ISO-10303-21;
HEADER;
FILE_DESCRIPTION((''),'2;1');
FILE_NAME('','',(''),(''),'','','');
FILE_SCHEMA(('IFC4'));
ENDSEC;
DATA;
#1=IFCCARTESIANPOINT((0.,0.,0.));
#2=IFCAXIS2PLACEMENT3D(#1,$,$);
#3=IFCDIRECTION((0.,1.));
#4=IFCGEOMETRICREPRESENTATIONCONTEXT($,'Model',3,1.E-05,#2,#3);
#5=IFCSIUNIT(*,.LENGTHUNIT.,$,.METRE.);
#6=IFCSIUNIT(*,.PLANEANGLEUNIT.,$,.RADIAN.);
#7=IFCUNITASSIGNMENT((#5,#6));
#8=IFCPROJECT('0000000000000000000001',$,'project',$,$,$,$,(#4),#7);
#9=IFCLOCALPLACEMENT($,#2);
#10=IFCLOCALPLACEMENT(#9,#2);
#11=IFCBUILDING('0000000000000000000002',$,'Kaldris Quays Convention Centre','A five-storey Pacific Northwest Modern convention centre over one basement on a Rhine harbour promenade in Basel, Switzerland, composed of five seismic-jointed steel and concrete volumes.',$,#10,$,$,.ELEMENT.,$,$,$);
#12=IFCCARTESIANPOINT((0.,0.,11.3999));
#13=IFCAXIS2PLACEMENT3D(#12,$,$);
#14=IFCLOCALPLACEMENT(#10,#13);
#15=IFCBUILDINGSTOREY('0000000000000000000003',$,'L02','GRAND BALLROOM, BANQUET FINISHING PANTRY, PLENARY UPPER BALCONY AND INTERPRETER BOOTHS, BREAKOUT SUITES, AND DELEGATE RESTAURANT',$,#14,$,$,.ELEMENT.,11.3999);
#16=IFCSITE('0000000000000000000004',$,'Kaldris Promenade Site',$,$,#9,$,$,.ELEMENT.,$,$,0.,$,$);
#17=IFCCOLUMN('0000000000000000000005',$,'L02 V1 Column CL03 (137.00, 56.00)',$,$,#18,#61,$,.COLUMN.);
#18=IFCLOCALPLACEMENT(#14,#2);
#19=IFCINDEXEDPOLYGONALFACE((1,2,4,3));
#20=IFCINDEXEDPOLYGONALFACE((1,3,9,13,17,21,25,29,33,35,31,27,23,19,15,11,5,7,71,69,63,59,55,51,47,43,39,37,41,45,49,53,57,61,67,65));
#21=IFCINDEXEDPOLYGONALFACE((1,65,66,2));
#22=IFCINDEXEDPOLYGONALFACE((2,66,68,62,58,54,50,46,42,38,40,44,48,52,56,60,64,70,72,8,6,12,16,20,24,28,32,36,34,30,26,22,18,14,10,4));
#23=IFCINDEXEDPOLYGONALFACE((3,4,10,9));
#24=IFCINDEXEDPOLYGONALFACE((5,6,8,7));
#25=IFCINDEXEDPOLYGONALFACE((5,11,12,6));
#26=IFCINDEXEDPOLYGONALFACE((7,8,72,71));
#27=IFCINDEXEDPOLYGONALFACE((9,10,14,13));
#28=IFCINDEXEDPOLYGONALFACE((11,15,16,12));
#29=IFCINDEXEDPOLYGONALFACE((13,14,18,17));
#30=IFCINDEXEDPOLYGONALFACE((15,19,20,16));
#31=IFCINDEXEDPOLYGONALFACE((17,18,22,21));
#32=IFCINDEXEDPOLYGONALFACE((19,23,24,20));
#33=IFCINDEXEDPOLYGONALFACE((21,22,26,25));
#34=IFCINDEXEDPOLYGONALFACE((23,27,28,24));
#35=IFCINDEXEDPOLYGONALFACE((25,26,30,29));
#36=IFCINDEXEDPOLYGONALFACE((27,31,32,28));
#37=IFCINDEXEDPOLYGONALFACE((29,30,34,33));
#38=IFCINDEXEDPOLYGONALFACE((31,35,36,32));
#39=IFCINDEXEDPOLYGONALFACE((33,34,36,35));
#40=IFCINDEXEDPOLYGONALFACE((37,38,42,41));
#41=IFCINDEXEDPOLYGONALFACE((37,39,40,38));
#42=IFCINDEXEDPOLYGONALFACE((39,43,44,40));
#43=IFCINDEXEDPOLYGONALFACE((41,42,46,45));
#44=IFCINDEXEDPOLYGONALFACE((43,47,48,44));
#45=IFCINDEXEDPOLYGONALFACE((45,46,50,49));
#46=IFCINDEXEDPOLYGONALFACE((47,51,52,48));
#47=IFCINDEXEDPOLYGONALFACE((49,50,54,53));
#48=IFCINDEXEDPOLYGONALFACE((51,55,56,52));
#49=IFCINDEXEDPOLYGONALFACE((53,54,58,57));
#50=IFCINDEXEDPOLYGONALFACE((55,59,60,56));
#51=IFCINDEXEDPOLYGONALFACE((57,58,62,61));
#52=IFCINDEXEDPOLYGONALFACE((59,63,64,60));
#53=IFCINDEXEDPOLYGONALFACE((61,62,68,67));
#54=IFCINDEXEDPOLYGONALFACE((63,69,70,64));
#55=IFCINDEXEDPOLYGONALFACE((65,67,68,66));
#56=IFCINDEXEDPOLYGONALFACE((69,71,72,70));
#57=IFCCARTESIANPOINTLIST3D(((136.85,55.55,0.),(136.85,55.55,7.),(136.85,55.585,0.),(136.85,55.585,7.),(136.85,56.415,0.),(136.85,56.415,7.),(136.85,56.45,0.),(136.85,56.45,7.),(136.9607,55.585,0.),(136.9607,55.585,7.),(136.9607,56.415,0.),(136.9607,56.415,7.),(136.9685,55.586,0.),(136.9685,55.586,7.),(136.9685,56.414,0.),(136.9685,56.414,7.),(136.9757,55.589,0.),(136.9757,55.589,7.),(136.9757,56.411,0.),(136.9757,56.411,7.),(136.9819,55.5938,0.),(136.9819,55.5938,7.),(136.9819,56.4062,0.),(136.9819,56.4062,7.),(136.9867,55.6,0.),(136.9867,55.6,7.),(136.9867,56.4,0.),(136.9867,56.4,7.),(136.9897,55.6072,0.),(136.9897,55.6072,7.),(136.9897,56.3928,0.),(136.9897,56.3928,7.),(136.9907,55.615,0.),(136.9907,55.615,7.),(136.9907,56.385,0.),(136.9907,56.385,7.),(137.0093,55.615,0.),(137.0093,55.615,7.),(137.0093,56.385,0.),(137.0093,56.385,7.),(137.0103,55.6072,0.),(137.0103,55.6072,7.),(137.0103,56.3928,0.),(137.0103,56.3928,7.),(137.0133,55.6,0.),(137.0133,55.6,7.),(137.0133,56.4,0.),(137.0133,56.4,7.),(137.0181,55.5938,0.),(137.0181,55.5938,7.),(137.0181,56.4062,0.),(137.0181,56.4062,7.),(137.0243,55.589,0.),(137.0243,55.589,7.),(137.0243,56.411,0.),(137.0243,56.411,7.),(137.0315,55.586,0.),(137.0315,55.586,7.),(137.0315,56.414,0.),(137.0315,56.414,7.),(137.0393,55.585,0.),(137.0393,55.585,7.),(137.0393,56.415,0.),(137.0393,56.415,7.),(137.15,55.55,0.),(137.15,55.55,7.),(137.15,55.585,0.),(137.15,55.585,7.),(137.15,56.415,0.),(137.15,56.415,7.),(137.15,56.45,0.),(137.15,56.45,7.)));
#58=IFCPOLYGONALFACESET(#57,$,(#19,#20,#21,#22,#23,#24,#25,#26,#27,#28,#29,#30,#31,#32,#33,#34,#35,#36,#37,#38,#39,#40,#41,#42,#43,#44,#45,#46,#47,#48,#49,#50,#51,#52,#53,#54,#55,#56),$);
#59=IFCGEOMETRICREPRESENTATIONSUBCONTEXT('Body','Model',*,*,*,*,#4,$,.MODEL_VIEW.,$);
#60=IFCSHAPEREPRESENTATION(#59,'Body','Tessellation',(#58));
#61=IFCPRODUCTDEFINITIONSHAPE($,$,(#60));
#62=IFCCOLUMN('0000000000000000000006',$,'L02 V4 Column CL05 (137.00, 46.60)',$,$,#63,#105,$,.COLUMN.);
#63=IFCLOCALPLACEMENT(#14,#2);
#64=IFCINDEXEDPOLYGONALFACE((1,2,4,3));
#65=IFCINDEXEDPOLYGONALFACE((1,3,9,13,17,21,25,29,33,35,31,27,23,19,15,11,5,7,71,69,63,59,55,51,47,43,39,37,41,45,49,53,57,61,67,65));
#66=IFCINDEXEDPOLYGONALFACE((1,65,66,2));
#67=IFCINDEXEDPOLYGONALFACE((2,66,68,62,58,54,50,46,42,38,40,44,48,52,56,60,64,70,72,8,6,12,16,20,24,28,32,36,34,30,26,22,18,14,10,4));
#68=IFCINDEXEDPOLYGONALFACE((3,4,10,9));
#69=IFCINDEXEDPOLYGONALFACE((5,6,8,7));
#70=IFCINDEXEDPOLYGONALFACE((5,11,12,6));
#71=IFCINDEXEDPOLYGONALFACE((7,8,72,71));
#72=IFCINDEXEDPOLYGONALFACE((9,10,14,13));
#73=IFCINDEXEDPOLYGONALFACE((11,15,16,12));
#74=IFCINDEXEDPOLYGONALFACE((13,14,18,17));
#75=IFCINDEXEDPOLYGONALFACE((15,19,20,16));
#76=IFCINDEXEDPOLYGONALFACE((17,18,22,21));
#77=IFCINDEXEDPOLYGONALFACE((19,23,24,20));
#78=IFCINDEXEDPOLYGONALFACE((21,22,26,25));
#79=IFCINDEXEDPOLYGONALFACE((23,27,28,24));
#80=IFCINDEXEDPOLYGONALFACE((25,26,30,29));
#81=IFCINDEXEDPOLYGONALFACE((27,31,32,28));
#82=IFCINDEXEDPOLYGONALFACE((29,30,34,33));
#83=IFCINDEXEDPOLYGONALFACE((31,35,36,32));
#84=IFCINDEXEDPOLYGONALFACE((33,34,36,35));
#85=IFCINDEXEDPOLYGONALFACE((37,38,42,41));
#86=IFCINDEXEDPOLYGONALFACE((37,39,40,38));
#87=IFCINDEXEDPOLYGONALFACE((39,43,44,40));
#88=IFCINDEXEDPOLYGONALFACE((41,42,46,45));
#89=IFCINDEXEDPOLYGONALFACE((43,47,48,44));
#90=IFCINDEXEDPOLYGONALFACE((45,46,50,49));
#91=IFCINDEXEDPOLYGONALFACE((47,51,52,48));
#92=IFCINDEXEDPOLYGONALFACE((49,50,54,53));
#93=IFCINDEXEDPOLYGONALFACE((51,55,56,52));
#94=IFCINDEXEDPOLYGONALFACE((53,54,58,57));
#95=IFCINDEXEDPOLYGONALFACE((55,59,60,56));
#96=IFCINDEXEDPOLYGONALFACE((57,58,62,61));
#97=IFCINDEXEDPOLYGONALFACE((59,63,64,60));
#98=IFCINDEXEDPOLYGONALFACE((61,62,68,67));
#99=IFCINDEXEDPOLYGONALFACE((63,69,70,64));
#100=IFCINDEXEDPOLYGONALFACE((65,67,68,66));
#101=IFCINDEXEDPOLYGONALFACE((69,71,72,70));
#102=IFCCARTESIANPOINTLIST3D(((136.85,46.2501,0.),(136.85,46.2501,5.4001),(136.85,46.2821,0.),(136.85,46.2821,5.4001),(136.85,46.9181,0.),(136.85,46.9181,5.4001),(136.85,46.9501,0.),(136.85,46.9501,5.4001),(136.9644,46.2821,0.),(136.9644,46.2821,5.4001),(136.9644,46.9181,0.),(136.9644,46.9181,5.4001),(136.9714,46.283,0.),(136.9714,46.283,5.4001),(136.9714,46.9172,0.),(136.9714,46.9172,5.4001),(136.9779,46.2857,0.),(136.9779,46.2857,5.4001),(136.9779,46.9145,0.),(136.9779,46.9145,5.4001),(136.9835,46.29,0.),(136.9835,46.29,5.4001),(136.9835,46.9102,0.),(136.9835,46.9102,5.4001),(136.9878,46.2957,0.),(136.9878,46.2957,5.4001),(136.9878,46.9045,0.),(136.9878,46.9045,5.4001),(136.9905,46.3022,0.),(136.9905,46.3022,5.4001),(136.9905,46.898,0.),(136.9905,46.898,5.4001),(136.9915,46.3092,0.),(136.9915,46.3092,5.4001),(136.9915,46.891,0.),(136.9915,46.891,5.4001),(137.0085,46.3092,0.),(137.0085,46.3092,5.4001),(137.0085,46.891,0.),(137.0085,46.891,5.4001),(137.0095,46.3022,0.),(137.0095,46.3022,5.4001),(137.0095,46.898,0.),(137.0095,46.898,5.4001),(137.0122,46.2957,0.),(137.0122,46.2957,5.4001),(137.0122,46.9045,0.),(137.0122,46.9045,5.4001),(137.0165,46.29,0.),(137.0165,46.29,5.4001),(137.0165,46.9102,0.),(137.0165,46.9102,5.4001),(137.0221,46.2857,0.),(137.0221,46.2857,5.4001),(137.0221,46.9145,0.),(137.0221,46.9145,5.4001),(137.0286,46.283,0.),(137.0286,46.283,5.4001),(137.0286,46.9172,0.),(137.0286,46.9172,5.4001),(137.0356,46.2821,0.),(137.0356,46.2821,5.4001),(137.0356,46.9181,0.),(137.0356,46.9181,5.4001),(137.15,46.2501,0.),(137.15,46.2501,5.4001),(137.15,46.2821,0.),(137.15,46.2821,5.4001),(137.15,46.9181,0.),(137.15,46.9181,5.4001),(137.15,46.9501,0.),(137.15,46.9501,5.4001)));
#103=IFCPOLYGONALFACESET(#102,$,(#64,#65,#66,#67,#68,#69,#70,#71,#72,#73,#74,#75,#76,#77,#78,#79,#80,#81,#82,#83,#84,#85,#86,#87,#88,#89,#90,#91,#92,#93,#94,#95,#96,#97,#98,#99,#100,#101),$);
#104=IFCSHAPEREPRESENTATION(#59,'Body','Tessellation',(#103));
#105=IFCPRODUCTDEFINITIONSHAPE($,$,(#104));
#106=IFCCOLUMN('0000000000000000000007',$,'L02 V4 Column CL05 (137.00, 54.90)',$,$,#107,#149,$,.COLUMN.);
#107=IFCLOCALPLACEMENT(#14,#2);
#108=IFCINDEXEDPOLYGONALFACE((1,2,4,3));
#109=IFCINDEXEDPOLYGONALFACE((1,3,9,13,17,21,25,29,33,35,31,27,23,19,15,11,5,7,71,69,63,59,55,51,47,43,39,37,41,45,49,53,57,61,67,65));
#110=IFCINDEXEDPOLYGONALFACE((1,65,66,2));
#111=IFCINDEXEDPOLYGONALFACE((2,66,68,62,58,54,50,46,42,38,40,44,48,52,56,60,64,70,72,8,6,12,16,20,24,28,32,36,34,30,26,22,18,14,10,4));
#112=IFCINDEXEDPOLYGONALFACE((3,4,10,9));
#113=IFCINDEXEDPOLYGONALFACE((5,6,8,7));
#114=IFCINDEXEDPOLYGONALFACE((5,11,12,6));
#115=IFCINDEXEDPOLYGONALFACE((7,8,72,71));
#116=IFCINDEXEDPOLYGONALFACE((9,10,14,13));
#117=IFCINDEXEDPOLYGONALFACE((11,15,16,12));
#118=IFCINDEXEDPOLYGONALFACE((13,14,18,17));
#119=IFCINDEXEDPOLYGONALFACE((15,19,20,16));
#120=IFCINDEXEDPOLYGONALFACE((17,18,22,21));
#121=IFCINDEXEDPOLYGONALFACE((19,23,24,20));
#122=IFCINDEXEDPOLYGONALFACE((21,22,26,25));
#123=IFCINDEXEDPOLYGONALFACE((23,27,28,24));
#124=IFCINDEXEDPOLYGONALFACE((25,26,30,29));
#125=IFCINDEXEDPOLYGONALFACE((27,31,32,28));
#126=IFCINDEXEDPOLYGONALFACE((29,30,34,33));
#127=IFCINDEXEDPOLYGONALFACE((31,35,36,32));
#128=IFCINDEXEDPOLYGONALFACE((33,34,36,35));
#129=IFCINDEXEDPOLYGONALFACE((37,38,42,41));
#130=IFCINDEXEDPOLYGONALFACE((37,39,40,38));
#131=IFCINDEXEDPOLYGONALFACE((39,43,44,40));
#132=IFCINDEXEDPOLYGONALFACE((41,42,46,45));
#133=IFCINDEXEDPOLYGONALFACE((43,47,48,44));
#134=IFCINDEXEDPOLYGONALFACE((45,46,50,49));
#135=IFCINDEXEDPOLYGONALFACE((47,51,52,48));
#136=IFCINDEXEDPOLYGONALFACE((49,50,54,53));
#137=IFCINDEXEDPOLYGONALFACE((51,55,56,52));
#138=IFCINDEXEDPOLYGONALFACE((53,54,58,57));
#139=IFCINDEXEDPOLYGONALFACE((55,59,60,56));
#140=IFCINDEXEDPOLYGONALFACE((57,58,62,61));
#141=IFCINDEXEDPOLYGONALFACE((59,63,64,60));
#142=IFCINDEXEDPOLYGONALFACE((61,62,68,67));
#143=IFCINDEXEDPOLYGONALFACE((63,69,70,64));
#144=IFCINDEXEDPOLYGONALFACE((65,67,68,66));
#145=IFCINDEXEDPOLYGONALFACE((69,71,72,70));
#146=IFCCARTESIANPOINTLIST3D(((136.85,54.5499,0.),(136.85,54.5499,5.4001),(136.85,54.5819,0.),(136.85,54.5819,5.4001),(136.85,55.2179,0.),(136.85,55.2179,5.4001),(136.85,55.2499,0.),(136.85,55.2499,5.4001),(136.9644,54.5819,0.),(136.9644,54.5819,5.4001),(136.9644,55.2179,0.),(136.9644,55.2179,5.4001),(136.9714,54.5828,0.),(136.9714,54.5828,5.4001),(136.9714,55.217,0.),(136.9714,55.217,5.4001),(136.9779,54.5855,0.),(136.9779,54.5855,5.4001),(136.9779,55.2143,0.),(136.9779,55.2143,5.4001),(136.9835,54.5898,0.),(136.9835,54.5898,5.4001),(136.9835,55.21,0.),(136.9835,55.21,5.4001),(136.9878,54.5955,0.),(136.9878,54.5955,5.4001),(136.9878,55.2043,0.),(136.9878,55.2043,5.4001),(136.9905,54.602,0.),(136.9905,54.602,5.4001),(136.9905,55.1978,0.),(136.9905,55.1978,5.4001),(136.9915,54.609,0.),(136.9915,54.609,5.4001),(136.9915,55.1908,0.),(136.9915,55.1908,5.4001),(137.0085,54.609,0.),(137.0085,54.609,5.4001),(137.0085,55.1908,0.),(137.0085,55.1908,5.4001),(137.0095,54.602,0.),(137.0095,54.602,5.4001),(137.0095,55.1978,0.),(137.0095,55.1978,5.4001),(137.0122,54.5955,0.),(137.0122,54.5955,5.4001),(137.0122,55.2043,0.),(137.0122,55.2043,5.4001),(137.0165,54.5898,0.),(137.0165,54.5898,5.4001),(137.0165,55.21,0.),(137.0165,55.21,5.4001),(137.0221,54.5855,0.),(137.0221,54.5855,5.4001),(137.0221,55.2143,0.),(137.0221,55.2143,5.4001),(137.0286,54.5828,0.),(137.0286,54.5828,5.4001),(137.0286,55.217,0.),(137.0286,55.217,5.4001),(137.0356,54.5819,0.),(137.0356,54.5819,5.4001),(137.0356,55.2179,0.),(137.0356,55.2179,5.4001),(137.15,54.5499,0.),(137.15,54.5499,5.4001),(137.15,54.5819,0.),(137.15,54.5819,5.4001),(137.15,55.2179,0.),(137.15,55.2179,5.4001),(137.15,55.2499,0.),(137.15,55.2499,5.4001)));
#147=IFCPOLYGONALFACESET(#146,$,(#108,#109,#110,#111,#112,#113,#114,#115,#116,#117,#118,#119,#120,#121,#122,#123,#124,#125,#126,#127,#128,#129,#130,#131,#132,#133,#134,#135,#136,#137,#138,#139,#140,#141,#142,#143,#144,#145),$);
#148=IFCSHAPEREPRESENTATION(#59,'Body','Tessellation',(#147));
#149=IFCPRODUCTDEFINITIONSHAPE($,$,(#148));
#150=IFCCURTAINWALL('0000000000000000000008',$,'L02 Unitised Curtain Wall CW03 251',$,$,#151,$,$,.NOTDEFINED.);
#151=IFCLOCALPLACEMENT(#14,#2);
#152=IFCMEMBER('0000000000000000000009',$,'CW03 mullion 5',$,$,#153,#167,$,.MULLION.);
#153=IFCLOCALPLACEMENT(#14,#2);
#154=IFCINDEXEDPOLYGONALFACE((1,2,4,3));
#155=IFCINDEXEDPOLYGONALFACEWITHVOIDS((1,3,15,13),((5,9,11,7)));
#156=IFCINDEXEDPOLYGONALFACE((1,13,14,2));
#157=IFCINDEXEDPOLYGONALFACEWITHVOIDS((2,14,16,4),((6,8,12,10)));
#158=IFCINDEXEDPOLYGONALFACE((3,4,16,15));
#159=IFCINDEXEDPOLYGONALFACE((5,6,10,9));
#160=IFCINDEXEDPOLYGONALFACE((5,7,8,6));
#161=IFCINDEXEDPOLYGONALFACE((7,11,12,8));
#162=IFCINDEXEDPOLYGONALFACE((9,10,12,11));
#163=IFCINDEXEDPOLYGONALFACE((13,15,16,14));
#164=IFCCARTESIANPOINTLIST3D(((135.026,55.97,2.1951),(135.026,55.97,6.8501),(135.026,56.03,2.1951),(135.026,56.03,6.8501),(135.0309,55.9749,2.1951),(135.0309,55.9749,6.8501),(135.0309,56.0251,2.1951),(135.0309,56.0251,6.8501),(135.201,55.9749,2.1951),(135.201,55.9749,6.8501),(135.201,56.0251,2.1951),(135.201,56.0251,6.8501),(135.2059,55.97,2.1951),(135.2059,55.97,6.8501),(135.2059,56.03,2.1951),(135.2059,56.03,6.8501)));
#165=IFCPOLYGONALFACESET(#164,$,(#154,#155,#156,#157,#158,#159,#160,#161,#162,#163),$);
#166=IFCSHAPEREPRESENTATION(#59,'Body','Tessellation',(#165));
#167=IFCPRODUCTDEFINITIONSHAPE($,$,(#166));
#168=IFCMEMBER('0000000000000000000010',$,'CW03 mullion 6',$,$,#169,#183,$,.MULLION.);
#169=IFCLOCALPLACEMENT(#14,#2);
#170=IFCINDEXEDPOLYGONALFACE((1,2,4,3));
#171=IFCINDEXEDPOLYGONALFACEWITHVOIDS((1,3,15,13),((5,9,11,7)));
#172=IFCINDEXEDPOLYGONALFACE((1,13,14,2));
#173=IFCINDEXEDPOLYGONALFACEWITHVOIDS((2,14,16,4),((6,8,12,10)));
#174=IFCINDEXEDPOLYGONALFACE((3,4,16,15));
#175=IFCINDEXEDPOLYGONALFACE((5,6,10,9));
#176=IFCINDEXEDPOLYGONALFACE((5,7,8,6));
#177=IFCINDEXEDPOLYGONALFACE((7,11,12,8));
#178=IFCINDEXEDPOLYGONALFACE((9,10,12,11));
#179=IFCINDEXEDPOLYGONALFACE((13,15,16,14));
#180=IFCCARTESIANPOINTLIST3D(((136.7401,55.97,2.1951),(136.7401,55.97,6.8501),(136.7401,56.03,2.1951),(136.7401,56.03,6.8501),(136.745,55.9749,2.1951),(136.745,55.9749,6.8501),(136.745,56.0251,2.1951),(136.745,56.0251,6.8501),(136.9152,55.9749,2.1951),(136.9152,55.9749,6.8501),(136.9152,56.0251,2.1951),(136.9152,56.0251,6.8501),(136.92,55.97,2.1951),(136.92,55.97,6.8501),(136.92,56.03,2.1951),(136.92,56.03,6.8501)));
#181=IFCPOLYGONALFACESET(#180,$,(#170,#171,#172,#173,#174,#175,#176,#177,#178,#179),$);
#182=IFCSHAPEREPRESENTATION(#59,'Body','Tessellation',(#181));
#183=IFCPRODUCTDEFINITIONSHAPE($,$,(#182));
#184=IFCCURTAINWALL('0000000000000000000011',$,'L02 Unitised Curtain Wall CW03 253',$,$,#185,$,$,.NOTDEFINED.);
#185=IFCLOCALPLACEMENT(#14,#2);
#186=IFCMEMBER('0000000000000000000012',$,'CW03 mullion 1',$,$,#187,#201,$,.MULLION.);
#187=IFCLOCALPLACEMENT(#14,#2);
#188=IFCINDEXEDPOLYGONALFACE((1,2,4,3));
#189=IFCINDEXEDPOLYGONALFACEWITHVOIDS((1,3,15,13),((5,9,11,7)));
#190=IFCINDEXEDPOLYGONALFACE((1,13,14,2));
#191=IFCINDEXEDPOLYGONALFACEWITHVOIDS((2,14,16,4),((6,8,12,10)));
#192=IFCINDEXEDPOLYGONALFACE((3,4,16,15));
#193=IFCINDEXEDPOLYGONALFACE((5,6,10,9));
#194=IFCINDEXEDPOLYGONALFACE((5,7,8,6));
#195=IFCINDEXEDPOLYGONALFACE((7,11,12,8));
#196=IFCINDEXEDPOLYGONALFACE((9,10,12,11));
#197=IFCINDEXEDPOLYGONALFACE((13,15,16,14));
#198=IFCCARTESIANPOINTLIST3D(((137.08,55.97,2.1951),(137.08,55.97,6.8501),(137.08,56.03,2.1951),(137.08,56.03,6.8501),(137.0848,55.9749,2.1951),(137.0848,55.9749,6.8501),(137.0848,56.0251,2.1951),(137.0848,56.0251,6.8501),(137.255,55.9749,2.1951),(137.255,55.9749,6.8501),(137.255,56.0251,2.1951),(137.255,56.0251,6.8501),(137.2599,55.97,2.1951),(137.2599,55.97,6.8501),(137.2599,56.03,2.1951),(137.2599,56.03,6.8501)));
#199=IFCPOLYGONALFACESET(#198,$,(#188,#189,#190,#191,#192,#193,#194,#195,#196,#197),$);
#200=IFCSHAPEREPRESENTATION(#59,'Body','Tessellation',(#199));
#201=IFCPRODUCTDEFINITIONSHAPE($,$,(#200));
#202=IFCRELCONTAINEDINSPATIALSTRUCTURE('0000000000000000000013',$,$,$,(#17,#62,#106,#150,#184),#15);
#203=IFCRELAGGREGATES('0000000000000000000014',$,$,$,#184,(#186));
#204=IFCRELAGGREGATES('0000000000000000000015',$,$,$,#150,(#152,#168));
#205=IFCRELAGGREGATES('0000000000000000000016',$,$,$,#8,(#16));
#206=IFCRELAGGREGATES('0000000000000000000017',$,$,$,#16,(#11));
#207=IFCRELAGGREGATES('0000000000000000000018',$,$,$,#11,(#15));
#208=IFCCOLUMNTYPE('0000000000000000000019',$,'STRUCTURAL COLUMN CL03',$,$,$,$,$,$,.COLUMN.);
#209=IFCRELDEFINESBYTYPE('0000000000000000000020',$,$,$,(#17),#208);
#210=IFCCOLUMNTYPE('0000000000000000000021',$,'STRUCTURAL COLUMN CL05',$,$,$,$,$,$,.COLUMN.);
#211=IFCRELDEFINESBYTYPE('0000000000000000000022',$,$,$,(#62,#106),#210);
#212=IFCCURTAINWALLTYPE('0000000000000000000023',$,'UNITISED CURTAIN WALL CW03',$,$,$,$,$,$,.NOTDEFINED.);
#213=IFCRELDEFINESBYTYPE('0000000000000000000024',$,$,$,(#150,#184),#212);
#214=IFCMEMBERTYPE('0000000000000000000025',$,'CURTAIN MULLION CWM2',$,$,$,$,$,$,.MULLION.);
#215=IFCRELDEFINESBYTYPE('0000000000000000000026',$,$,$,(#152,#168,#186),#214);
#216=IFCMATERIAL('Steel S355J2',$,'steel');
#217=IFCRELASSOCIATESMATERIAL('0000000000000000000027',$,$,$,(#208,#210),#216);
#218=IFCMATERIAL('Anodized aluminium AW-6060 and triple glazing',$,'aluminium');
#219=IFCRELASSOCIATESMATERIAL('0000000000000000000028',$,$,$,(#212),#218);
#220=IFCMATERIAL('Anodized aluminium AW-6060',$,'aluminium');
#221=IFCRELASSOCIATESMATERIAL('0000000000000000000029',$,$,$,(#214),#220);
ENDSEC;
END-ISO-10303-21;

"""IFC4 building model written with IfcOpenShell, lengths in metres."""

from ifc_helpers import new_model, si_unit, direction, frame, origin, origin_2d, place, context, subcontext, project, spatial, hollow_rectangle, i_section, extrude, material, material_profile, profile_set, type_object, element, aggregate, save


model = new_model("IFC4")

# Units and contexts
model_context = context("Model", 3, precision=1e-05, world=origin(), true_north=direction((0.0, 1.0)))
body_context = subcontext(model_context, "Body", "Model", "MODEL_VIEW")
ifc_project = project(units=[si_unit("LENGTHUNIT", "METRE"), si_unit("PLANEANGLEUNIT", "RADIAN")], contexts=[model_context])

# Site, building, storey
site_placement = place(None, origin())
site = spatial("IfcSite", under=ifc_project, at=site_placement, Name="Kaldris Promenade Site", CompositionType="ELEMENT", RefElevation=0.0)
building_placement = place(site_placement, origin())
building = spatial("IfcBuilding", under=site, at=building_placement, Name="Kaldris Quays Convention Centre", Description="A five-storey Pacific Northwest Modern convention centre over one basement on a Rhine harbour promenade in Basel, Switzerland, composed of five seismic-jointed steel and concrete volumes.", CompositionType="ELEMENT")
storey_placement = place(building_placement, frame((0.0, 0.0, 11.3999)))
storey = spatial("IfcBuildingStorey", under=building, at=storey_placement, Name="L02", Description="GRAND BALLROOM, BANQUET FINISHING PANTRY, PLENARY UPPER BALCONY AND INTERPRETER BOOTHS, BREAKOUT SUITES, AND DELEGATE RESTAURANT", CompositionType="ELEMENT", Elevation=11.3999)

# Columns
ifc_material_1 = material(Name="Steel S355J2", Category="steel")
ifc_material_profile_1 = material_profile(ifc_material_1, i_section(OverallWidth=0.3, OverallDepth=0.8999, WebThickness=0.0186, FlangeThickness=0.0349, FilletRadius=0.03, at=origin_2d()), Name="HEB 900")
ifc_profile_set_1 = profile_set([ifc_material_profile_1], Name="Steel S355J2")
column_type_1 = type_object("IfcColumnType", Name="STRUCTURAL COLUMN CL03", PredefinedType="COLUMN", material=ifc_profile_set_1)
column_placement = place(storey_placement, frame((137.0, 56.0, 0.0), z_axis=(0.0, 0.0, 1.0), x_axis=(1.0, 0.0, 0.0)))
element("IfcColumn", 1, at=column_placement, inside=storey, type_object=column_type_1, Name="L02 V1 Column CL03 (137.00, 56.00)", PredefinedType="COLUMN", context=body_context, shape_type="SweptSolid", body=[
    extrude(i_section(OverallWidth=0.3, OverallDepth=0.8999, WebThickness=0.0186, FlangeThickness=0.0349, FilletRadius=0.03, at=origin_2d()), origin(), (0.0, 0.0, 1.0), 7.0),
])
ifc_material_profile_2 = material_profile(ifc_material_1, i_section(OverallWidth=0.3, OverallDepth=0.7, WebThickness=0.0171, FlangeThickness=0.032, FilletRadius=0.0271, at=origin_2d()), Name="HEB 700")
ifc_profile_set_2 = profile_set([ifc_material_profile_2], Name="Steel S355J2")
column_type_2 = type_object("IfcColumnType", Name="STRUCTURAL COLUMN CL05", PredefinedType="COLUMN", material=ifc_profile_set_2)
for number, where, z_axis, x_axis, name in (
    (2, (137.0, 46.6001, 0.0), (0.0, 0.0, 1.0), (1.0, 0.0, 0.0), "L02 V4 Column CL05 (137.00, 46.60)"),
    (3, (137.0, 54.8999, 0.0), (0.0, 0.0, 1.0), (1.0, 0.0, 0.0), "L02 V4 Column CL05 (137.00, 54.90)"),
):
    element("IfcColumn", number, at=place(storey_placement, frame(where, z_axis=z_axis, x_axis=x_axis)), inside=storey, type_object=column_type_2, Name=name, PredefinedType="COLUMN", context=body_context, shape_type="SweptSolid", body=[
        extrude(i_section(OverallWidth=0.3, OverallDepth=0.7, WebThickness=0.0171, FlangeThickness=0.032, FilletRadius=0.0271, at=origin_2d()), origin(), (0.0, 0.0, 1.0), 5.4001),
    ])

# Curtain wall, members
ifc_material_2 = material(Name="Anodized aluminium AW-6060 and triple glazing", Category="aluminium")
curtain_wall_type = type_object("IfcCurtainWallType", Name="UNITISED CURTAIN WALL CW03", PredefinedType="NOTDEFINED", material=ifc_material_2)
curtain_wall_1_placement = place(storey_placement, origin())
curtain_wall_1 = element("IfcCurtainWall", 4, at=curtain_wall_1_placement, inside=storey, type_object=curtain_wall_type, Name="L02 Unitised Curtain Wall CW03 251", PredefinedType="NOTDEFINED")
ifc_material_3 = material(Name="Anodized aluminium AW-6060", Category="aluminium")
ifc_material_profile_3 = material_profile(ifc_material_3, hollow_rectangle(XDim=0.0601, YDim=0.1799, WallThickness=0.0049, at=origin_2d()), Name="RHS 180x60x5")
ifc_profile_set_3 = profile_set([ifc_material_profile_3], Name="Anodized aluminium AW-6060")
member_type_1 = type_object("IfcMemberType", Name="CURTAIN MULLION CWM2", PredefinedType="MULLION", material=ifc_profile_set_3)
member_1_placement = place(storey_placement, frame((135.116, 56.0, 2.1951), z_axis=(0.0, 0.0, 1.0), x_axis=(0.0, 1.0, 0.0)))
member_1 = element("IfcMember", 5, at=member_1_placement, type_object=member_type_1, Name="CW03 mullion 5", PredefinedType="MULLION", context=body_context, shape_type="SweptSolid", body=[
    extrude(hollow_rectangle(XDim=0.0601, YDim=0.1799, WallThickness=0.0049, at=origin_2d()), origin(), (0.0, 0.0, 1.0), 4.655),
])
member_2_placement = place(storey_placement, frame((136.8301, 56.0, 2.1951), z_axis=(0.0, 0.0, 1.0), x_axis=(0.0, 1.0, 0.0)))
member_2 = element("IfcMember", 6, at=member_2_placement, type_object=member_type_1, Name="CW03 mullion 6", PredefinedType="MULLION", context=body_context, shape_type="SweptSolid", body=[
    extrude(hollow_rectangle(XDim=0.0601, YDim=0.1799, WallThickness=0.0049, at=origin_2d()), origin(), (0.0, 0.0, 1.0), 4.655),
])

# Curtain wall, member
curtain_wall_2_placement = place(storey_placement, origin())
curtain_wall_2 = element("IfcCurtainWall", 7, at=curtain_wall_2_placement, inside=storey, type_object=curtain_wall_type, Name="L02 Unitised Curtain Wall CW03 253", PredefinedType="NOTDEFINED")
member_3_placement = place(storey_placement, frame((137.1699, 56.0, 2.1951), z_axis=(0.0, 0.0, 1.0), x_axis=(0.0, 1.0, 0.0)))
member_3 = element("IfcMember", 8, at=member_3_placement, type_object=member_type_1, Name="CW03 mullion 1", PredefinedType="MULLION", context=body_context, shape_type="SweptSolid", body=[
    extrude(hollow_rectangle(XDim=0.0601, YDim=0.1799, WallThickness=0.0049, at=origin_2d()), origin(), (0.0, 0.0, 1.0), 4.655),
])

aggregate(curtain_wall_2, [member_3])

aggregate(curtain_wall_1, [member_1, member_2])

save(model, "model.ifc")
